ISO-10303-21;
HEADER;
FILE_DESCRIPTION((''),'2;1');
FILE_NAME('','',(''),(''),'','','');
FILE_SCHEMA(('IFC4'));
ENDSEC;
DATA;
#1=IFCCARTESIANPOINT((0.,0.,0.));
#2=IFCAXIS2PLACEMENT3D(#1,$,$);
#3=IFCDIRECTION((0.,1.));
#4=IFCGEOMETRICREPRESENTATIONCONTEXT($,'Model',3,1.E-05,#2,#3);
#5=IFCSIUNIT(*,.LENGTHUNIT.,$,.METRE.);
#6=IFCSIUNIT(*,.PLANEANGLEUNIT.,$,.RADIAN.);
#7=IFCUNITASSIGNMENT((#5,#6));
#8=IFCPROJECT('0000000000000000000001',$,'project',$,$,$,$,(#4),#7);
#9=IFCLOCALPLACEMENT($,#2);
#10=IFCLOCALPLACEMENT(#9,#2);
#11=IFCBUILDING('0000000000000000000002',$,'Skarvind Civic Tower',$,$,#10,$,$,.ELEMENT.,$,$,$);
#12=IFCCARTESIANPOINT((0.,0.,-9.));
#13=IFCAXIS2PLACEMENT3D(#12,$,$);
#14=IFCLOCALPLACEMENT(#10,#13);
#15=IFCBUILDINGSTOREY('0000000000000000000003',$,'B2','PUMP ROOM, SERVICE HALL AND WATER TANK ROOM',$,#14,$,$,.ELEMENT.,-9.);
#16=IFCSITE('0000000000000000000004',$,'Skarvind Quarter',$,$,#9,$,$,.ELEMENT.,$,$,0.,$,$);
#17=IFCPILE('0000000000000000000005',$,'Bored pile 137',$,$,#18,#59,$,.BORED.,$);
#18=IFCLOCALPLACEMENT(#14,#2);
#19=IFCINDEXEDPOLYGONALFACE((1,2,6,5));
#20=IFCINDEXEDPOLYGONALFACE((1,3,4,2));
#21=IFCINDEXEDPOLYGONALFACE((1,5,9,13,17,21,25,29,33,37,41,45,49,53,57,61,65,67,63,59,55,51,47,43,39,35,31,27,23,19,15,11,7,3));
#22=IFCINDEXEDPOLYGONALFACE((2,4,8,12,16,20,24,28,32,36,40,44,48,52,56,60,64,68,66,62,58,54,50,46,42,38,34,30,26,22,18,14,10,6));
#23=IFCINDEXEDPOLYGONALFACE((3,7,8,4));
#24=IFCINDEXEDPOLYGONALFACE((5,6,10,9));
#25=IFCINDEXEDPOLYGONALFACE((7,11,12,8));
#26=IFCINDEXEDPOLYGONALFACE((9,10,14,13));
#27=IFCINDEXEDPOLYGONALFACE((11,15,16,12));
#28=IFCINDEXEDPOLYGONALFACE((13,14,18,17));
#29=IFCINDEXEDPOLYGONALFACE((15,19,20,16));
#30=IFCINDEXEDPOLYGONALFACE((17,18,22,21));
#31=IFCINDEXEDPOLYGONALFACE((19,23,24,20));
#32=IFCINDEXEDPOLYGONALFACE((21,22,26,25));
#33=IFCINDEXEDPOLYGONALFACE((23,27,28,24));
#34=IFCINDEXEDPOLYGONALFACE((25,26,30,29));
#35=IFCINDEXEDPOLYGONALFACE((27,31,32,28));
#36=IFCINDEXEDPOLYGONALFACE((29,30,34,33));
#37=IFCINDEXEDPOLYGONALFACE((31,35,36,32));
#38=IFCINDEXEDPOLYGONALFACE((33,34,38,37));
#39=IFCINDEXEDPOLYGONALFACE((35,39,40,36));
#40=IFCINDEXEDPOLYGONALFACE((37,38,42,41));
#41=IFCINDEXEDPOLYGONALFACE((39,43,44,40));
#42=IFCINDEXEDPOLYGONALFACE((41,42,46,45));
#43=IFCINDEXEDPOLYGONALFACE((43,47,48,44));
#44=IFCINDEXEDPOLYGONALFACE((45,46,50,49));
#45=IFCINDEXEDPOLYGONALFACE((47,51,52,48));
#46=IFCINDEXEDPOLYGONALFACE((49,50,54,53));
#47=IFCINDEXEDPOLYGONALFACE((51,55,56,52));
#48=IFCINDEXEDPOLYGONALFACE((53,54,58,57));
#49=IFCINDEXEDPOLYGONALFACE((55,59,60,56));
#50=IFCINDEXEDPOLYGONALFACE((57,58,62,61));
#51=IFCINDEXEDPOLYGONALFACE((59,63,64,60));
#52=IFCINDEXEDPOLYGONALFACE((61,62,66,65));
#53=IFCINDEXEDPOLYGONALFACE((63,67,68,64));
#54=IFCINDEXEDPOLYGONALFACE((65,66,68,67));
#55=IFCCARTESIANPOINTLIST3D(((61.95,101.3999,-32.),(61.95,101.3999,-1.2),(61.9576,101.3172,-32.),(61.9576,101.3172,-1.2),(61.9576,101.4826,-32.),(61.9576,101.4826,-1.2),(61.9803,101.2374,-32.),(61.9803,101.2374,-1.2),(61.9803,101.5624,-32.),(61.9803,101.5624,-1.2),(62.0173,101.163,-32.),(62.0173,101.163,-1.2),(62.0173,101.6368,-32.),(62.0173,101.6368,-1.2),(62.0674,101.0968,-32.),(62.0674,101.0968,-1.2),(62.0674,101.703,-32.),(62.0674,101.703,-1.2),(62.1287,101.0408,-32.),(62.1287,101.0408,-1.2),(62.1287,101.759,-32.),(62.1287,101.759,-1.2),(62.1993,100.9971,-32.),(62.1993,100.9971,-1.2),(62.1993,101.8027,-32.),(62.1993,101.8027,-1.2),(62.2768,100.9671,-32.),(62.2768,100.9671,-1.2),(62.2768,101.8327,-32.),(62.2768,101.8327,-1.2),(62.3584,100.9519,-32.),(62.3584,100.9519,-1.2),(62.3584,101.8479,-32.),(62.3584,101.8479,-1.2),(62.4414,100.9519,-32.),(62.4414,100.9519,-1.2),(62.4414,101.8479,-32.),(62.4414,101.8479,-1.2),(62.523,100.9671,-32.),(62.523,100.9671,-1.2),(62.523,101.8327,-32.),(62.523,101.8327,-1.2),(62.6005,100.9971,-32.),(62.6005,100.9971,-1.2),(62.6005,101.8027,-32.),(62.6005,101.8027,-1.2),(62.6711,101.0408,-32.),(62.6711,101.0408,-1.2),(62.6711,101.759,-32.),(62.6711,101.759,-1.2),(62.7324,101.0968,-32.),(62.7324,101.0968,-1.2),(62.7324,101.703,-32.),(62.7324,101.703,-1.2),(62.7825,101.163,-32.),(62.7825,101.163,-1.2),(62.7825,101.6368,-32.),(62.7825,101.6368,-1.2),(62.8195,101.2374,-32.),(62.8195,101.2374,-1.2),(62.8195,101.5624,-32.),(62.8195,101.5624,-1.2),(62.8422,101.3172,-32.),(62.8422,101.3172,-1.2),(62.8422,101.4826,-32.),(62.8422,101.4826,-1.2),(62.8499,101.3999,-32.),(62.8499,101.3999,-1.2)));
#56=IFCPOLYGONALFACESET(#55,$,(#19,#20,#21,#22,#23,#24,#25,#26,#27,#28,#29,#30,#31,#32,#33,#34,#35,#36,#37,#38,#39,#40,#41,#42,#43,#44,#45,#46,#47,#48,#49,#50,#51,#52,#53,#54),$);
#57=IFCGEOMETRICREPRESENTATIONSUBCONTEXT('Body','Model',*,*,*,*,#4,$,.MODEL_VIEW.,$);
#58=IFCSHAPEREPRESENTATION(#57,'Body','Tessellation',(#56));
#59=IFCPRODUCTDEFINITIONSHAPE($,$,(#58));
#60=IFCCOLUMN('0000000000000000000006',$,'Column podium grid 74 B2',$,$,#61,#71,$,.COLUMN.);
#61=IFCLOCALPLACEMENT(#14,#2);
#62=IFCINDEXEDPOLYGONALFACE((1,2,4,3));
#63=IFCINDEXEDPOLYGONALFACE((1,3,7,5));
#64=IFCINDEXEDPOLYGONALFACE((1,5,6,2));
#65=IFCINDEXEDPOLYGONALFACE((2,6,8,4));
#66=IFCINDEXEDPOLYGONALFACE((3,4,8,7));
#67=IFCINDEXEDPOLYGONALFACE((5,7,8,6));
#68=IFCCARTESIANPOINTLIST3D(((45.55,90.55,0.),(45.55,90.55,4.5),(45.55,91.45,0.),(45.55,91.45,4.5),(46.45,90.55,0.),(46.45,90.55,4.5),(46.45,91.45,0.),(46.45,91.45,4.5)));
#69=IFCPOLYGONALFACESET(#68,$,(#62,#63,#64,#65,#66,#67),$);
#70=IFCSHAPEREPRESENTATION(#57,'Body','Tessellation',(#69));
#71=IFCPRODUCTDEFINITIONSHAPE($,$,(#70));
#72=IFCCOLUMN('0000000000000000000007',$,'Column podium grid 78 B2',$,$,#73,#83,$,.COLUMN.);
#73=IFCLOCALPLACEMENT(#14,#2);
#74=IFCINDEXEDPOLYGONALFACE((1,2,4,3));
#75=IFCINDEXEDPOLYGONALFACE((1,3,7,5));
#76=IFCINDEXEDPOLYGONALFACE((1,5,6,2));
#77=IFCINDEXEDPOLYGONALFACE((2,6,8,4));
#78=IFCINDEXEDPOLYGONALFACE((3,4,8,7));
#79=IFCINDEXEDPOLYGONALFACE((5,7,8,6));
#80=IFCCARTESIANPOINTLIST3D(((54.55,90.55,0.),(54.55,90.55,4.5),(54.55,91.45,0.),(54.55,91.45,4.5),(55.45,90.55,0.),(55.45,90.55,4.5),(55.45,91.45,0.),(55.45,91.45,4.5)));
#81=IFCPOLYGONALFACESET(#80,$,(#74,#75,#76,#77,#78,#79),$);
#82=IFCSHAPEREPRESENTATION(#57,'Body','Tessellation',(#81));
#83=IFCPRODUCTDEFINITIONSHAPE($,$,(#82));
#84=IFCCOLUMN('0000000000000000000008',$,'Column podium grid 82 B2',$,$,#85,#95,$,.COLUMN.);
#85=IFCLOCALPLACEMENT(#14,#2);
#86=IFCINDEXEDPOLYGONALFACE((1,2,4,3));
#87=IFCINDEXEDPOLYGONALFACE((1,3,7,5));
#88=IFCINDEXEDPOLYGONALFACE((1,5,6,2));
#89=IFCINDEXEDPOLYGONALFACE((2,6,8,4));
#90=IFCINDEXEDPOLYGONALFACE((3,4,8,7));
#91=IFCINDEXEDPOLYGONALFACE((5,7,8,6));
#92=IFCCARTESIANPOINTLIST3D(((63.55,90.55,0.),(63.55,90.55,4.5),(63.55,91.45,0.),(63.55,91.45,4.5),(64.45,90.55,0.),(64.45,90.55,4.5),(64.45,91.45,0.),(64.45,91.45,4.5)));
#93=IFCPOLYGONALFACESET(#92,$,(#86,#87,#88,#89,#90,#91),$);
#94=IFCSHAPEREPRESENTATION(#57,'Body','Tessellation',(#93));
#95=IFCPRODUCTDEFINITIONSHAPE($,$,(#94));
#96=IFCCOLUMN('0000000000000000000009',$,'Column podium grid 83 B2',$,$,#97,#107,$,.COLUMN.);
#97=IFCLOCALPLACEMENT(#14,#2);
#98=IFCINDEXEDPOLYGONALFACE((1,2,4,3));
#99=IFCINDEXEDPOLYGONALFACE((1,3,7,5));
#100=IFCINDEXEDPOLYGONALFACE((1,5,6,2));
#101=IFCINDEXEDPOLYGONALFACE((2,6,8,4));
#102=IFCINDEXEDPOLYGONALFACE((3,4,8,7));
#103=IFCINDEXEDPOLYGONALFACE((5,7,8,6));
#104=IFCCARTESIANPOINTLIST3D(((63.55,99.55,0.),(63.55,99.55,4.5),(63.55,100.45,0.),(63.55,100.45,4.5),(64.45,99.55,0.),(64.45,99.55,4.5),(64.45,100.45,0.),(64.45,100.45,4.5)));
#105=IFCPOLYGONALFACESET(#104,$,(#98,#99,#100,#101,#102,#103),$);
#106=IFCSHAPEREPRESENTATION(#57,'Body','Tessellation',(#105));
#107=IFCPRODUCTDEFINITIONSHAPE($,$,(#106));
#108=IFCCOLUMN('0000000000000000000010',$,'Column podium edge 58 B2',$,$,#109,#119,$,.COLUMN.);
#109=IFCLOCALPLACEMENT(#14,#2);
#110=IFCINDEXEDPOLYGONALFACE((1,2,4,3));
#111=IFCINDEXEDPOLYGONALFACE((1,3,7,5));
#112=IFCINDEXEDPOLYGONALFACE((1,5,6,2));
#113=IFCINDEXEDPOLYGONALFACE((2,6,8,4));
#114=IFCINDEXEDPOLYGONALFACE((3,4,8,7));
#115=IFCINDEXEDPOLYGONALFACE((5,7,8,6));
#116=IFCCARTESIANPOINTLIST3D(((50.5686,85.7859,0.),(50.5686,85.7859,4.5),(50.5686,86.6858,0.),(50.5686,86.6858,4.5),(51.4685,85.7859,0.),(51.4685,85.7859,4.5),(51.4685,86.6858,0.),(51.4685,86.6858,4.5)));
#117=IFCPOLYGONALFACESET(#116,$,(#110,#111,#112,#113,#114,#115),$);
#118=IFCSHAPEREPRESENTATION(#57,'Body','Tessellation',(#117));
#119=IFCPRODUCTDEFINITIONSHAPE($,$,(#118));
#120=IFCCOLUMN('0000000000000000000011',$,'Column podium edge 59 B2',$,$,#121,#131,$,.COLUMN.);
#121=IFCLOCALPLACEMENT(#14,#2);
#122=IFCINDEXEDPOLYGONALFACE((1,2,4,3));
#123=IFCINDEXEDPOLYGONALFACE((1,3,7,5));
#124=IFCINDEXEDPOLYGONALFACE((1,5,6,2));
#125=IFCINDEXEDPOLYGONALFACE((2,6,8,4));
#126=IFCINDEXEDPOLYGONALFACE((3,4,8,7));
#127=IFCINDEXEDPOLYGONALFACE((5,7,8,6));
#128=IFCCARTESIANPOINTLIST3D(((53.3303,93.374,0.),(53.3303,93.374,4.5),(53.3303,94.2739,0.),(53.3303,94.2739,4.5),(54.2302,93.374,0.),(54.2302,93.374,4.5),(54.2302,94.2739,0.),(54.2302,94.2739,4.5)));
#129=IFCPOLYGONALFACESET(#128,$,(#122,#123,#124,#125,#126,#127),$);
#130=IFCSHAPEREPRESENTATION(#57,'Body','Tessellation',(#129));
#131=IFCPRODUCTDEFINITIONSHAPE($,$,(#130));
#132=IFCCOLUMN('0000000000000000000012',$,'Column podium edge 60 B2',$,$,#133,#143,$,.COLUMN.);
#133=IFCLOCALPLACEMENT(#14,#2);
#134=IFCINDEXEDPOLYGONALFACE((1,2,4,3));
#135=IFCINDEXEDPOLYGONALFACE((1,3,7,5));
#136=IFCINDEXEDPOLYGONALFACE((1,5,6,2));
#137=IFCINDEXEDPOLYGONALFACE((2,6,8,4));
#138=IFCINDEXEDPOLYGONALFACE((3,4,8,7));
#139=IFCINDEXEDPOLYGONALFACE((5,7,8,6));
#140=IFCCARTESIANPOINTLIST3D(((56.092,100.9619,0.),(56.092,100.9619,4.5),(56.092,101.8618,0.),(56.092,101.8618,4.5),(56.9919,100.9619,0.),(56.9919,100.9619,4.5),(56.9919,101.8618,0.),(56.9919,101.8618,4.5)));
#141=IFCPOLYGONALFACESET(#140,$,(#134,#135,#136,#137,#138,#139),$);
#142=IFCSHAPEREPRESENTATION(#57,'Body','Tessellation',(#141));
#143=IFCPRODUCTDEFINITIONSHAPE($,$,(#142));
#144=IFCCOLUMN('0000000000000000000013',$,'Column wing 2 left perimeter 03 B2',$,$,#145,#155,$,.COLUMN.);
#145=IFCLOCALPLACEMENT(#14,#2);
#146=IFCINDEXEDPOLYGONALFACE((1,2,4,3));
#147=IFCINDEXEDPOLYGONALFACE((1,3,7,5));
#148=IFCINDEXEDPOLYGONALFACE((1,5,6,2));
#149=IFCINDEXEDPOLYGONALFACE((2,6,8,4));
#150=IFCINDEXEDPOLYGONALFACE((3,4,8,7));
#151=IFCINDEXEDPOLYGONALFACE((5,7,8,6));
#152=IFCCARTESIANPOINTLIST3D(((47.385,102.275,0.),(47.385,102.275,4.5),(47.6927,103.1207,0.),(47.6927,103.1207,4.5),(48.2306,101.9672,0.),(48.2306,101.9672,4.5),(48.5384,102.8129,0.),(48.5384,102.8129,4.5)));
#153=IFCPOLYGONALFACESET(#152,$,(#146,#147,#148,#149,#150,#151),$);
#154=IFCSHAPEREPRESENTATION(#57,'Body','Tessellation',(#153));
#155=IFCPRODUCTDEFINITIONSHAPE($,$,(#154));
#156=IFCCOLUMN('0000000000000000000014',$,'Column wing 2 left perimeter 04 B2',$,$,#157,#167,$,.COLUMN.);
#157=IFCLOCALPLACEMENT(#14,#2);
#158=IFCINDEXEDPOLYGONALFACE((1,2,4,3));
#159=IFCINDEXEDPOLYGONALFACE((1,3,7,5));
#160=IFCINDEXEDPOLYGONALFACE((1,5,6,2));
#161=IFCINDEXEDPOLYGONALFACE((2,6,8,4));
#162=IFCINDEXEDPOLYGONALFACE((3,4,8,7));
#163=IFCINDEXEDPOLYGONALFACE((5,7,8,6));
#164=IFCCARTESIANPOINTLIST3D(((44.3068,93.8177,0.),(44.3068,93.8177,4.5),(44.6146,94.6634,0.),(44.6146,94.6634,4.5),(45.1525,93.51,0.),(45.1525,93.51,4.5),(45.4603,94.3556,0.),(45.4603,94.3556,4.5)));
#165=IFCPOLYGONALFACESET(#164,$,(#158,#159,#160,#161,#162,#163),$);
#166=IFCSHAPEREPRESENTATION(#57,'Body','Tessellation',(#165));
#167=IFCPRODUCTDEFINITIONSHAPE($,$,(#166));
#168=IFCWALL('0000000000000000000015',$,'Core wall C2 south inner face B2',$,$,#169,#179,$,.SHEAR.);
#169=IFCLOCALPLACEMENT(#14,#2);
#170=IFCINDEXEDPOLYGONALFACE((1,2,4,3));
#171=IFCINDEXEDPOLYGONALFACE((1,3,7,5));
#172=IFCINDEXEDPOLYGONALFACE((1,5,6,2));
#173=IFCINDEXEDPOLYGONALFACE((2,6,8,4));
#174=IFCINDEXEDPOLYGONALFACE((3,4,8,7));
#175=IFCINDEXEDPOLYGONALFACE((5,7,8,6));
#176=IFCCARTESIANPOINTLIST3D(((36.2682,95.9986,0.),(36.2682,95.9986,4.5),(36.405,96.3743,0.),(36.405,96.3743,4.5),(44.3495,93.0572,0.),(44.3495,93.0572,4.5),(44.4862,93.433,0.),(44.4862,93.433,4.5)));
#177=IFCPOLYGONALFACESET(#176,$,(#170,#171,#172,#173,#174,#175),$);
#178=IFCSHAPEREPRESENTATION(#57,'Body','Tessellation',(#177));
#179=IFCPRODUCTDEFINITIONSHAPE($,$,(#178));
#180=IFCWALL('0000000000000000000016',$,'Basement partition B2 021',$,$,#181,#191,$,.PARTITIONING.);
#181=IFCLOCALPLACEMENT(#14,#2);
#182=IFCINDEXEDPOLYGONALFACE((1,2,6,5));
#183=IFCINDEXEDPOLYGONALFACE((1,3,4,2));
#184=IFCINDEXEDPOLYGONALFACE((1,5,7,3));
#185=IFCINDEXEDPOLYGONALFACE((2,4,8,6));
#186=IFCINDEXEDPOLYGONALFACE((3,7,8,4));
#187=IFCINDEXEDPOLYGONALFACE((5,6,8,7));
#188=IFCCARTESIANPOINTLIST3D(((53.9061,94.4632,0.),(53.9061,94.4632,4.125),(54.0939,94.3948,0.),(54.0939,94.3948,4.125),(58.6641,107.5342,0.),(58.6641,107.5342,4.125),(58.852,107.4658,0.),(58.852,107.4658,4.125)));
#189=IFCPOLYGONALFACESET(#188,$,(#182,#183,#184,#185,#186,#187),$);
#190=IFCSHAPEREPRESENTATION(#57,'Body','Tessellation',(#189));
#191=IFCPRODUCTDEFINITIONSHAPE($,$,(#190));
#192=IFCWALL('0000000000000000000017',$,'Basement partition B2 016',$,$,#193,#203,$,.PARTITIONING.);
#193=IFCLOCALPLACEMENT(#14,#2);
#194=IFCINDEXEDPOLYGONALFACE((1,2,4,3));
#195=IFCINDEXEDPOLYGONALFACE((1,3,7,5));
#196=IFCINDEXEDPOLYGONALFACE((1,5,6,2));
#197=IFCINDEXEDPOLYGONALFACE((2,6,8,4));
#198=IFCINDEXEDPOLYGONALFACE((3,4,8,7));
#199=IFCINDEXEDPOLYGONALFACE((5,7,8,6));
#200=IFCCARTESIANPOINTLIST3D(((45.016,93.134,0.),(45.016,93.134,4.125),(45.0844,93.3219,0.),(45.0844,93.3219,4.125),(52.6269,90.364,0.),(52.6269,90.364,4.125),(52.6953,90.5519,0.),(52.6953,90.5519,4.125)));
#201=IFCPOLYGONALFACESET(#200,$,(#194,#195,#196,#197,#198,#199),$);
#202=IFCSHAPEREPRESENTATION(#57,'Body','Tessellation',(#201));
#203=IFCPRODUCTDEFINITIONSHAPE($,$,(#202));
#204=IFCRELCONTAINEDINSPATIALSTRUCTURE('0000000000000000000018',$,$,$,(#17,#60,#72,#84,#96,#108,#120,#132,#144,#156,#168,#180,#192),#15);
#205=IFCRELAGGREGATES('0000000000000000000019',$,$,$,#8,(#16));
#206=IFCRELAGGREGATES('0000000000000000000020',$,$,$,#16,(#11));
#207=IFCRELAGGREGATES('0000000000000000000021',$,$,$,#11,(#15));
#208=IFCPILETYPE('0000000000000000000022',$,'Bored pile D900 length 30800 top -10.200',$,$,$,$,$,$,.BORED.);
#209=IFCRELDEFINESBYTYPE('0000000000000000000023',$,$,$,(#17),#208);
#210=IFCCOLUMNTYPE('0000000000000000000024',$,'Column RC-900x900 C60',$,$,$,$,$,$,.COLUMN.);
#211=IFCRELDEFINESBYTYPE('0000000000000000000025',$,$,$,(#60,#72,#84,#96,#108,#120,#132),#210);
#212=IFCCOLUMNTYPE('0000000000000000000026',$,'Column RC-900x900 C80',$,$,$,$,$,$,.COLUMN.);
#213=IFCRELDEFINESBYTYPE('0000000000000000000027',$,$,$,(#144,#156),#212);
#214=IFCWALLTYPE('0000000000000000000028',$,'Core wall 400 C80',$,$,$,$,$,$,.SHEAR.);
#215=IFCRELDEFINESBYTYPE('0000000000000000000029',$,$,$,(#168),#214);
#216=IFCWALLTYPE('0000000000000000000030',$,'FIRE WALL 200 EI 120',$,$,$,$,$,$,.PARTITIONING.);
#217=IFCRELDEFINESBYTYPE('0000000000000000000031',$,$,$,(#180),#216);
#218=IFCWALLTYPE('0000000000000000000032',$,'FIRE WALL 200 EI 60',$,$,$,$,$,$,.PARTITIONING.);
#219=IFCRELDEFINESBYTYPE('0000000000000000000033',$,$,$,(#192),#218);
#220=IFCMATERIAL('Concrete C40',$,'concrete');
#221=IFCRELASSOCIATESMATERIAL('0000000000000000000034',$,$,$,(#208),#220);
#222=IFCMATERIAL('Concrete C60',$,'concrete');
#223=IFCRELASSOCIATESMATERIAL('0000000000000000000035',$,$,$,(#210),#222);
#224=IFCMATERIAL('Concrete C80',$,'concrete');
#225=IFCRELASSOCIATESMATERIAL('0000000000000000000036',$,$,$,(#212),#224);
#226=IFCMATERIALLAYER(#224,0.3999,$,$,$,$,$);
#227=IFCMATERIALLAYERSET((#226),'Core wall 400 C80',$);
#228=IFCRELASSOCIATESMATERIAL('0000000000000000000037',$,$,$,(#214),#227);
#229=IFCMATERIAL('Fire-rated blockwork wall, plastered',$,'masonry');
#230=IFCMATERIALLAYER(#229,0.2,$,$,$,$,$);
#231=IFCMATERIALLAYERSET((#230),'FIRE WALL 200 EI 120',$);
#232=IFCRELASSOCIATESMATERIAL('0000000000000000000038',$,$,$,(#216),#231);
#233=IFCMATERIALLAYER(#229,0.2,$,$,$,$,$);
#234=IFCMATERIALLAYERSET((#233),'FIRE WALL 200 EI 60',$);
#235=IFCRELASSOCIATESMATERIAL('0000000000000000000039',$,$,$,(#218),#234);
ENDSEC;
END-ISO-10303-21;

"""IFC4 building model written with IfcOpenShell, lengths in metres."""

from ifc_helpers import new_model, si_unit, direction, frame, frame_2d, origin, origin_2d, place, context, subcontext, project, spatial, rectangle, circle, extrude, material, layer, layer_set, material_profile, profile_set, type_object, element, save


model = new_model("IFC4")

# Units and contexts
model_context = context("Model", 3, precision=1e-05, world=origin(), true_north=direction((0.0, 1.0)))
body_context = subcontext(model_context, "Body", "Model", "MODEL_VIEW")
ifc_project = project(units=[si_unit("LENGTHUNIT", "METRE"), si_unit("PLANEANGLEUNIT", "RADIAN")], contexts=[model_context])

# Site, building, storey
site_placement = place(None, origin())
site = spatial("IfcSite", under=ifc_project, at=site_placement, Name="Skarvind Quarter", CompositionType="ELEMENT", RefElevation=0.0)
building_placement = place(site_placement, origin())
building = spatial("IfcBuilding", under=site, at=building_placement, Name="Skarvind Civic Tower", CompositionType="ELEMENT")
storey_placement = place(building_placement, frame((0.0, 0.0, -9.0)))
storey = spatial("IfcBuildingStorey", under=building, at=storey_placement, Name="B2", Description="PUMP ROOM, SERVICE HALL AND WATER TANK ROOM", CompositionType="ELEMENT", Elevation=-9.0)

# Pile
ifc_material_1 = material(Name="Concrete C40", Category="concrete")
pile_type_1 = type_object("IfcPileType", Name="Bored pile D900 length 30800 top -10.200", PredefinedType="BORED", material=ifc_material_1)
for number, where, z_axis, x_axis, name in (
    (1, (62.3999, 101.3999, -1.2), (0.0, 0.0, -1.0), (1.0, 0.0, 0.0), "Bored pile 137"),
):
    element("IfcPile", number, at=place(storey_placement, frame(where, z_axis=z_axis, x_axis=x_axis)), inside=storey, type_object=pile_type_1, Name=name, PredefinedType="BORED", context=body_context, shape_type="SweptSolid", body=[
        extrude(circle(Radius=0.45, at=origin_2d()), origin(), (0.0, 0.0, 1.0), 30.8),
    ])

# Columns
ifc_material_2 = material(Name="Concrete C60", Category="concrete")
ifc_material_profile_1 = material_profile(ifc_material_2, rectangle(XDim=0.8999, YDim=0.8999, at=origin_2d()), Name="RC-900x900")
ifc_profile_set_1 = profile_set([ifc_material_profile_1], Name="Concrete C60")
column_type_1 = type_object("IfcColumnType", Name="Column RC-900x900 C60", PredefinedType="COLUMN", material=ifc_profile_set_1)
for number, where, z_axis, x_axis, name in (
    (2, (46.0, 91.0, 0.0), (0.0, 0.0, 1.0), (1.0, 0.0, 0.0), "Column podium grid 74 B2"),
    (3, (55.0, 91.0, 0.0), (0.0, 0.0, 1.0), (1.0, 0.0, 0.0), "Column podium grid 78 B2"),
    (4, (64.0, 91.0, 0.0), (0.0, 0.0, 1.0), (1.0, 0.0, 0.0), "Column podium grid 82 B2"),
    (5, (64.0, 100.0, 0.0), (0.0, 0.0, 1.0), (1.0, 0.0, 0.0), "Column podium grid 83 B2"),
    (6, (51.0186, 86.2358, 0.0), (0.0, 0.0, 1.0), (1.0, 0.0, 0.0), "Column podium edge 58 B2"),
    (7, (53.7803, 93.824, 0.0), (0.0, 0.0, 1.0), (1.0, 0.0, 0.0), "Column podium edge 59 B2"),
    (8, (56.542, 101.4119, 0.0), (0.0, 0.0, 1.0), (1.0, 0.0, 0.0), "Column podium edge 60 B2"),
):
    element("IfcColumn", number, at=place(storey_placement, frame(where, z_axis=z_axis, x_axis=x_axis)), inside=storey, type_object=column_type_1, Name=name, PredefinedType="COLUMN", context=body_context, shape_type="SweptSolid", body=[
        extrude(rectangle(XDim=0.8999, YDim=0.8999, at=origin_2d()), origin(), (0.0, 0.0, 1.0), 4.5),
    ])
ifc_material_3 = material(Name="Concrete C80", Category="concrete")
ifc_material_profile_2 = material_profile(ifc_material_3, rectangle(XDim=0.8999, YDim=0.8999, at=origin_2d()), Name="RC-900x900")
ifc_profile_set_2 = profile_set([ifc_material_profile_2], Name="Concrete C80")
column_type_2 = type_object("IfcColumnType", Name="Column RC-900x900 C80", PredefinedType="COLUMN", material=ifc_profile_set_2)
for number, where, z_axis, x_axis, name in (
    (9, (47.9617, 102.5439, 0.0), (0.0, 0.0, 1.0), (-0.34202, -0.939693, 0.0), "Column wing 2 left perimeter 03 B2"),
    (10, (44.8835, 94.0867, 0.0), (0.0, 0.0, 1.0), (-0.34202, -0.939693, 0.0), "Column wing 2 left perimeter 04 B2"),
):
    element("IfcColumn", number, at=place(storey_placement, frame(where, z_axis=z_axis, x_axis=x_axis)), inside=storey, type_object=column_type_2, Name=name, PredefinedType="COLUMN", context=body_context, shape_type="SweptSolid", body=[
        extrude(rectangle(XDim=0.8999, YDim=0.8999, at=origin_2d()), origin(), (0.0, 0.0, 1.0), 4.5),
    ])

# Walls
ifc_layer_1 = layer(ifc_material_3, 0.3999)
ifc_layer_set_1 = layer_set([ifc_layer_1], Name="Core wall 400 C80")
wall_type_1 = type_object("IfcWallType", Name="Core wall 400 C80", PredefinedType="SHEAR", material=ifc_layer_set_1)
wall_1_placement = place(storey_placement, frame((44.4177, 93.2451, 0.0), z_axis=(0.0, 0.0, 1.0), x_axis=(-0.939691, 0.342026, 0.0)))
element("IfcWall", 11, at=wall_1_placement, inside=storey, type_object=wall_type_1, Name="Core wall C2 south inner face B2", PredefinedType="SHEAR", context=body_context, shape_type="SweptSolid", body=[
    extrude(rectangle(XDim=8.5999, YDim=0.3999, at=frame_2d((4.2998, 0.0))), origin(), (0.0, 0.0, 1.0), 4.5),
])
ifc_material_4 = material(Name="Fire-rated blockwork wall, plastered", Category="masonry")
ifc_layer_2 = layer(ifc_material_4, 0.2)
ifc_layer_set_2 = layer_set([ifc_layer_2], Name="FIRE WALL 200 EI 120")
wall_type_2 = type_object("IfcWallType", Name="FIRE WALL 200 EI 120", PredefinedType="PARTITIONING", material=ifc_layer_set_2)
wall_2_placement = place(storey_placement, frame((54.0, 94.429, 0.0), z_axis=(0.0, 0.0, 1.0), x_axis=(0.342057, 0.939679, 0.0)))
element("IfcWall", 12, at=wall_2_placement, inside=storey, type_object=wall_type_2, Name="Basement partition B2 021", PredefinedType="PARTITIONING", context=body_context, shape_type="SweptSolid", body=[
    extrude(rectangle(XDim=13.9102, YDim=0.2, at=frame_2d((6.9551, 0.0))), origin(), (0.0, 0.0, 1.0), 4.125),
])
ifc_layer_3 = layer(ifc_material_4, 0.2)
ifc_layer_set_3 = layer_set([ifc_layer_3], Name="FIRE WALL 200 EI 60")
wall_type_3 = type_object("IfcWallType", Name="FIRE WALL 200 EI 60", PredefinedType="PARTITIONING", material=ifc_layer_set_3)
wall_3_placement = place(storey_placement, frame((45.05, 93.228, 0.0), z_axis=(0.0, 0.0, 1.0), x_axis=(0.939697, -0.342009, 0.0)))
element("IfcWall", 13, at=wall_3_placement, inside=storey, type_object=wall_type_3, Name="Basement partition B2 016", PredefinedType="PARTITIONING", context=body_context, shape_type="SweptSolid", body=[
    extrude(rectangle(XDim=8.0994, YDim=0.2, at=frame_2d((4.0498, 0.0))), origin(), (0.0, 0.0, 1.0), 4.125),
])

save(model, "model.ifc")
